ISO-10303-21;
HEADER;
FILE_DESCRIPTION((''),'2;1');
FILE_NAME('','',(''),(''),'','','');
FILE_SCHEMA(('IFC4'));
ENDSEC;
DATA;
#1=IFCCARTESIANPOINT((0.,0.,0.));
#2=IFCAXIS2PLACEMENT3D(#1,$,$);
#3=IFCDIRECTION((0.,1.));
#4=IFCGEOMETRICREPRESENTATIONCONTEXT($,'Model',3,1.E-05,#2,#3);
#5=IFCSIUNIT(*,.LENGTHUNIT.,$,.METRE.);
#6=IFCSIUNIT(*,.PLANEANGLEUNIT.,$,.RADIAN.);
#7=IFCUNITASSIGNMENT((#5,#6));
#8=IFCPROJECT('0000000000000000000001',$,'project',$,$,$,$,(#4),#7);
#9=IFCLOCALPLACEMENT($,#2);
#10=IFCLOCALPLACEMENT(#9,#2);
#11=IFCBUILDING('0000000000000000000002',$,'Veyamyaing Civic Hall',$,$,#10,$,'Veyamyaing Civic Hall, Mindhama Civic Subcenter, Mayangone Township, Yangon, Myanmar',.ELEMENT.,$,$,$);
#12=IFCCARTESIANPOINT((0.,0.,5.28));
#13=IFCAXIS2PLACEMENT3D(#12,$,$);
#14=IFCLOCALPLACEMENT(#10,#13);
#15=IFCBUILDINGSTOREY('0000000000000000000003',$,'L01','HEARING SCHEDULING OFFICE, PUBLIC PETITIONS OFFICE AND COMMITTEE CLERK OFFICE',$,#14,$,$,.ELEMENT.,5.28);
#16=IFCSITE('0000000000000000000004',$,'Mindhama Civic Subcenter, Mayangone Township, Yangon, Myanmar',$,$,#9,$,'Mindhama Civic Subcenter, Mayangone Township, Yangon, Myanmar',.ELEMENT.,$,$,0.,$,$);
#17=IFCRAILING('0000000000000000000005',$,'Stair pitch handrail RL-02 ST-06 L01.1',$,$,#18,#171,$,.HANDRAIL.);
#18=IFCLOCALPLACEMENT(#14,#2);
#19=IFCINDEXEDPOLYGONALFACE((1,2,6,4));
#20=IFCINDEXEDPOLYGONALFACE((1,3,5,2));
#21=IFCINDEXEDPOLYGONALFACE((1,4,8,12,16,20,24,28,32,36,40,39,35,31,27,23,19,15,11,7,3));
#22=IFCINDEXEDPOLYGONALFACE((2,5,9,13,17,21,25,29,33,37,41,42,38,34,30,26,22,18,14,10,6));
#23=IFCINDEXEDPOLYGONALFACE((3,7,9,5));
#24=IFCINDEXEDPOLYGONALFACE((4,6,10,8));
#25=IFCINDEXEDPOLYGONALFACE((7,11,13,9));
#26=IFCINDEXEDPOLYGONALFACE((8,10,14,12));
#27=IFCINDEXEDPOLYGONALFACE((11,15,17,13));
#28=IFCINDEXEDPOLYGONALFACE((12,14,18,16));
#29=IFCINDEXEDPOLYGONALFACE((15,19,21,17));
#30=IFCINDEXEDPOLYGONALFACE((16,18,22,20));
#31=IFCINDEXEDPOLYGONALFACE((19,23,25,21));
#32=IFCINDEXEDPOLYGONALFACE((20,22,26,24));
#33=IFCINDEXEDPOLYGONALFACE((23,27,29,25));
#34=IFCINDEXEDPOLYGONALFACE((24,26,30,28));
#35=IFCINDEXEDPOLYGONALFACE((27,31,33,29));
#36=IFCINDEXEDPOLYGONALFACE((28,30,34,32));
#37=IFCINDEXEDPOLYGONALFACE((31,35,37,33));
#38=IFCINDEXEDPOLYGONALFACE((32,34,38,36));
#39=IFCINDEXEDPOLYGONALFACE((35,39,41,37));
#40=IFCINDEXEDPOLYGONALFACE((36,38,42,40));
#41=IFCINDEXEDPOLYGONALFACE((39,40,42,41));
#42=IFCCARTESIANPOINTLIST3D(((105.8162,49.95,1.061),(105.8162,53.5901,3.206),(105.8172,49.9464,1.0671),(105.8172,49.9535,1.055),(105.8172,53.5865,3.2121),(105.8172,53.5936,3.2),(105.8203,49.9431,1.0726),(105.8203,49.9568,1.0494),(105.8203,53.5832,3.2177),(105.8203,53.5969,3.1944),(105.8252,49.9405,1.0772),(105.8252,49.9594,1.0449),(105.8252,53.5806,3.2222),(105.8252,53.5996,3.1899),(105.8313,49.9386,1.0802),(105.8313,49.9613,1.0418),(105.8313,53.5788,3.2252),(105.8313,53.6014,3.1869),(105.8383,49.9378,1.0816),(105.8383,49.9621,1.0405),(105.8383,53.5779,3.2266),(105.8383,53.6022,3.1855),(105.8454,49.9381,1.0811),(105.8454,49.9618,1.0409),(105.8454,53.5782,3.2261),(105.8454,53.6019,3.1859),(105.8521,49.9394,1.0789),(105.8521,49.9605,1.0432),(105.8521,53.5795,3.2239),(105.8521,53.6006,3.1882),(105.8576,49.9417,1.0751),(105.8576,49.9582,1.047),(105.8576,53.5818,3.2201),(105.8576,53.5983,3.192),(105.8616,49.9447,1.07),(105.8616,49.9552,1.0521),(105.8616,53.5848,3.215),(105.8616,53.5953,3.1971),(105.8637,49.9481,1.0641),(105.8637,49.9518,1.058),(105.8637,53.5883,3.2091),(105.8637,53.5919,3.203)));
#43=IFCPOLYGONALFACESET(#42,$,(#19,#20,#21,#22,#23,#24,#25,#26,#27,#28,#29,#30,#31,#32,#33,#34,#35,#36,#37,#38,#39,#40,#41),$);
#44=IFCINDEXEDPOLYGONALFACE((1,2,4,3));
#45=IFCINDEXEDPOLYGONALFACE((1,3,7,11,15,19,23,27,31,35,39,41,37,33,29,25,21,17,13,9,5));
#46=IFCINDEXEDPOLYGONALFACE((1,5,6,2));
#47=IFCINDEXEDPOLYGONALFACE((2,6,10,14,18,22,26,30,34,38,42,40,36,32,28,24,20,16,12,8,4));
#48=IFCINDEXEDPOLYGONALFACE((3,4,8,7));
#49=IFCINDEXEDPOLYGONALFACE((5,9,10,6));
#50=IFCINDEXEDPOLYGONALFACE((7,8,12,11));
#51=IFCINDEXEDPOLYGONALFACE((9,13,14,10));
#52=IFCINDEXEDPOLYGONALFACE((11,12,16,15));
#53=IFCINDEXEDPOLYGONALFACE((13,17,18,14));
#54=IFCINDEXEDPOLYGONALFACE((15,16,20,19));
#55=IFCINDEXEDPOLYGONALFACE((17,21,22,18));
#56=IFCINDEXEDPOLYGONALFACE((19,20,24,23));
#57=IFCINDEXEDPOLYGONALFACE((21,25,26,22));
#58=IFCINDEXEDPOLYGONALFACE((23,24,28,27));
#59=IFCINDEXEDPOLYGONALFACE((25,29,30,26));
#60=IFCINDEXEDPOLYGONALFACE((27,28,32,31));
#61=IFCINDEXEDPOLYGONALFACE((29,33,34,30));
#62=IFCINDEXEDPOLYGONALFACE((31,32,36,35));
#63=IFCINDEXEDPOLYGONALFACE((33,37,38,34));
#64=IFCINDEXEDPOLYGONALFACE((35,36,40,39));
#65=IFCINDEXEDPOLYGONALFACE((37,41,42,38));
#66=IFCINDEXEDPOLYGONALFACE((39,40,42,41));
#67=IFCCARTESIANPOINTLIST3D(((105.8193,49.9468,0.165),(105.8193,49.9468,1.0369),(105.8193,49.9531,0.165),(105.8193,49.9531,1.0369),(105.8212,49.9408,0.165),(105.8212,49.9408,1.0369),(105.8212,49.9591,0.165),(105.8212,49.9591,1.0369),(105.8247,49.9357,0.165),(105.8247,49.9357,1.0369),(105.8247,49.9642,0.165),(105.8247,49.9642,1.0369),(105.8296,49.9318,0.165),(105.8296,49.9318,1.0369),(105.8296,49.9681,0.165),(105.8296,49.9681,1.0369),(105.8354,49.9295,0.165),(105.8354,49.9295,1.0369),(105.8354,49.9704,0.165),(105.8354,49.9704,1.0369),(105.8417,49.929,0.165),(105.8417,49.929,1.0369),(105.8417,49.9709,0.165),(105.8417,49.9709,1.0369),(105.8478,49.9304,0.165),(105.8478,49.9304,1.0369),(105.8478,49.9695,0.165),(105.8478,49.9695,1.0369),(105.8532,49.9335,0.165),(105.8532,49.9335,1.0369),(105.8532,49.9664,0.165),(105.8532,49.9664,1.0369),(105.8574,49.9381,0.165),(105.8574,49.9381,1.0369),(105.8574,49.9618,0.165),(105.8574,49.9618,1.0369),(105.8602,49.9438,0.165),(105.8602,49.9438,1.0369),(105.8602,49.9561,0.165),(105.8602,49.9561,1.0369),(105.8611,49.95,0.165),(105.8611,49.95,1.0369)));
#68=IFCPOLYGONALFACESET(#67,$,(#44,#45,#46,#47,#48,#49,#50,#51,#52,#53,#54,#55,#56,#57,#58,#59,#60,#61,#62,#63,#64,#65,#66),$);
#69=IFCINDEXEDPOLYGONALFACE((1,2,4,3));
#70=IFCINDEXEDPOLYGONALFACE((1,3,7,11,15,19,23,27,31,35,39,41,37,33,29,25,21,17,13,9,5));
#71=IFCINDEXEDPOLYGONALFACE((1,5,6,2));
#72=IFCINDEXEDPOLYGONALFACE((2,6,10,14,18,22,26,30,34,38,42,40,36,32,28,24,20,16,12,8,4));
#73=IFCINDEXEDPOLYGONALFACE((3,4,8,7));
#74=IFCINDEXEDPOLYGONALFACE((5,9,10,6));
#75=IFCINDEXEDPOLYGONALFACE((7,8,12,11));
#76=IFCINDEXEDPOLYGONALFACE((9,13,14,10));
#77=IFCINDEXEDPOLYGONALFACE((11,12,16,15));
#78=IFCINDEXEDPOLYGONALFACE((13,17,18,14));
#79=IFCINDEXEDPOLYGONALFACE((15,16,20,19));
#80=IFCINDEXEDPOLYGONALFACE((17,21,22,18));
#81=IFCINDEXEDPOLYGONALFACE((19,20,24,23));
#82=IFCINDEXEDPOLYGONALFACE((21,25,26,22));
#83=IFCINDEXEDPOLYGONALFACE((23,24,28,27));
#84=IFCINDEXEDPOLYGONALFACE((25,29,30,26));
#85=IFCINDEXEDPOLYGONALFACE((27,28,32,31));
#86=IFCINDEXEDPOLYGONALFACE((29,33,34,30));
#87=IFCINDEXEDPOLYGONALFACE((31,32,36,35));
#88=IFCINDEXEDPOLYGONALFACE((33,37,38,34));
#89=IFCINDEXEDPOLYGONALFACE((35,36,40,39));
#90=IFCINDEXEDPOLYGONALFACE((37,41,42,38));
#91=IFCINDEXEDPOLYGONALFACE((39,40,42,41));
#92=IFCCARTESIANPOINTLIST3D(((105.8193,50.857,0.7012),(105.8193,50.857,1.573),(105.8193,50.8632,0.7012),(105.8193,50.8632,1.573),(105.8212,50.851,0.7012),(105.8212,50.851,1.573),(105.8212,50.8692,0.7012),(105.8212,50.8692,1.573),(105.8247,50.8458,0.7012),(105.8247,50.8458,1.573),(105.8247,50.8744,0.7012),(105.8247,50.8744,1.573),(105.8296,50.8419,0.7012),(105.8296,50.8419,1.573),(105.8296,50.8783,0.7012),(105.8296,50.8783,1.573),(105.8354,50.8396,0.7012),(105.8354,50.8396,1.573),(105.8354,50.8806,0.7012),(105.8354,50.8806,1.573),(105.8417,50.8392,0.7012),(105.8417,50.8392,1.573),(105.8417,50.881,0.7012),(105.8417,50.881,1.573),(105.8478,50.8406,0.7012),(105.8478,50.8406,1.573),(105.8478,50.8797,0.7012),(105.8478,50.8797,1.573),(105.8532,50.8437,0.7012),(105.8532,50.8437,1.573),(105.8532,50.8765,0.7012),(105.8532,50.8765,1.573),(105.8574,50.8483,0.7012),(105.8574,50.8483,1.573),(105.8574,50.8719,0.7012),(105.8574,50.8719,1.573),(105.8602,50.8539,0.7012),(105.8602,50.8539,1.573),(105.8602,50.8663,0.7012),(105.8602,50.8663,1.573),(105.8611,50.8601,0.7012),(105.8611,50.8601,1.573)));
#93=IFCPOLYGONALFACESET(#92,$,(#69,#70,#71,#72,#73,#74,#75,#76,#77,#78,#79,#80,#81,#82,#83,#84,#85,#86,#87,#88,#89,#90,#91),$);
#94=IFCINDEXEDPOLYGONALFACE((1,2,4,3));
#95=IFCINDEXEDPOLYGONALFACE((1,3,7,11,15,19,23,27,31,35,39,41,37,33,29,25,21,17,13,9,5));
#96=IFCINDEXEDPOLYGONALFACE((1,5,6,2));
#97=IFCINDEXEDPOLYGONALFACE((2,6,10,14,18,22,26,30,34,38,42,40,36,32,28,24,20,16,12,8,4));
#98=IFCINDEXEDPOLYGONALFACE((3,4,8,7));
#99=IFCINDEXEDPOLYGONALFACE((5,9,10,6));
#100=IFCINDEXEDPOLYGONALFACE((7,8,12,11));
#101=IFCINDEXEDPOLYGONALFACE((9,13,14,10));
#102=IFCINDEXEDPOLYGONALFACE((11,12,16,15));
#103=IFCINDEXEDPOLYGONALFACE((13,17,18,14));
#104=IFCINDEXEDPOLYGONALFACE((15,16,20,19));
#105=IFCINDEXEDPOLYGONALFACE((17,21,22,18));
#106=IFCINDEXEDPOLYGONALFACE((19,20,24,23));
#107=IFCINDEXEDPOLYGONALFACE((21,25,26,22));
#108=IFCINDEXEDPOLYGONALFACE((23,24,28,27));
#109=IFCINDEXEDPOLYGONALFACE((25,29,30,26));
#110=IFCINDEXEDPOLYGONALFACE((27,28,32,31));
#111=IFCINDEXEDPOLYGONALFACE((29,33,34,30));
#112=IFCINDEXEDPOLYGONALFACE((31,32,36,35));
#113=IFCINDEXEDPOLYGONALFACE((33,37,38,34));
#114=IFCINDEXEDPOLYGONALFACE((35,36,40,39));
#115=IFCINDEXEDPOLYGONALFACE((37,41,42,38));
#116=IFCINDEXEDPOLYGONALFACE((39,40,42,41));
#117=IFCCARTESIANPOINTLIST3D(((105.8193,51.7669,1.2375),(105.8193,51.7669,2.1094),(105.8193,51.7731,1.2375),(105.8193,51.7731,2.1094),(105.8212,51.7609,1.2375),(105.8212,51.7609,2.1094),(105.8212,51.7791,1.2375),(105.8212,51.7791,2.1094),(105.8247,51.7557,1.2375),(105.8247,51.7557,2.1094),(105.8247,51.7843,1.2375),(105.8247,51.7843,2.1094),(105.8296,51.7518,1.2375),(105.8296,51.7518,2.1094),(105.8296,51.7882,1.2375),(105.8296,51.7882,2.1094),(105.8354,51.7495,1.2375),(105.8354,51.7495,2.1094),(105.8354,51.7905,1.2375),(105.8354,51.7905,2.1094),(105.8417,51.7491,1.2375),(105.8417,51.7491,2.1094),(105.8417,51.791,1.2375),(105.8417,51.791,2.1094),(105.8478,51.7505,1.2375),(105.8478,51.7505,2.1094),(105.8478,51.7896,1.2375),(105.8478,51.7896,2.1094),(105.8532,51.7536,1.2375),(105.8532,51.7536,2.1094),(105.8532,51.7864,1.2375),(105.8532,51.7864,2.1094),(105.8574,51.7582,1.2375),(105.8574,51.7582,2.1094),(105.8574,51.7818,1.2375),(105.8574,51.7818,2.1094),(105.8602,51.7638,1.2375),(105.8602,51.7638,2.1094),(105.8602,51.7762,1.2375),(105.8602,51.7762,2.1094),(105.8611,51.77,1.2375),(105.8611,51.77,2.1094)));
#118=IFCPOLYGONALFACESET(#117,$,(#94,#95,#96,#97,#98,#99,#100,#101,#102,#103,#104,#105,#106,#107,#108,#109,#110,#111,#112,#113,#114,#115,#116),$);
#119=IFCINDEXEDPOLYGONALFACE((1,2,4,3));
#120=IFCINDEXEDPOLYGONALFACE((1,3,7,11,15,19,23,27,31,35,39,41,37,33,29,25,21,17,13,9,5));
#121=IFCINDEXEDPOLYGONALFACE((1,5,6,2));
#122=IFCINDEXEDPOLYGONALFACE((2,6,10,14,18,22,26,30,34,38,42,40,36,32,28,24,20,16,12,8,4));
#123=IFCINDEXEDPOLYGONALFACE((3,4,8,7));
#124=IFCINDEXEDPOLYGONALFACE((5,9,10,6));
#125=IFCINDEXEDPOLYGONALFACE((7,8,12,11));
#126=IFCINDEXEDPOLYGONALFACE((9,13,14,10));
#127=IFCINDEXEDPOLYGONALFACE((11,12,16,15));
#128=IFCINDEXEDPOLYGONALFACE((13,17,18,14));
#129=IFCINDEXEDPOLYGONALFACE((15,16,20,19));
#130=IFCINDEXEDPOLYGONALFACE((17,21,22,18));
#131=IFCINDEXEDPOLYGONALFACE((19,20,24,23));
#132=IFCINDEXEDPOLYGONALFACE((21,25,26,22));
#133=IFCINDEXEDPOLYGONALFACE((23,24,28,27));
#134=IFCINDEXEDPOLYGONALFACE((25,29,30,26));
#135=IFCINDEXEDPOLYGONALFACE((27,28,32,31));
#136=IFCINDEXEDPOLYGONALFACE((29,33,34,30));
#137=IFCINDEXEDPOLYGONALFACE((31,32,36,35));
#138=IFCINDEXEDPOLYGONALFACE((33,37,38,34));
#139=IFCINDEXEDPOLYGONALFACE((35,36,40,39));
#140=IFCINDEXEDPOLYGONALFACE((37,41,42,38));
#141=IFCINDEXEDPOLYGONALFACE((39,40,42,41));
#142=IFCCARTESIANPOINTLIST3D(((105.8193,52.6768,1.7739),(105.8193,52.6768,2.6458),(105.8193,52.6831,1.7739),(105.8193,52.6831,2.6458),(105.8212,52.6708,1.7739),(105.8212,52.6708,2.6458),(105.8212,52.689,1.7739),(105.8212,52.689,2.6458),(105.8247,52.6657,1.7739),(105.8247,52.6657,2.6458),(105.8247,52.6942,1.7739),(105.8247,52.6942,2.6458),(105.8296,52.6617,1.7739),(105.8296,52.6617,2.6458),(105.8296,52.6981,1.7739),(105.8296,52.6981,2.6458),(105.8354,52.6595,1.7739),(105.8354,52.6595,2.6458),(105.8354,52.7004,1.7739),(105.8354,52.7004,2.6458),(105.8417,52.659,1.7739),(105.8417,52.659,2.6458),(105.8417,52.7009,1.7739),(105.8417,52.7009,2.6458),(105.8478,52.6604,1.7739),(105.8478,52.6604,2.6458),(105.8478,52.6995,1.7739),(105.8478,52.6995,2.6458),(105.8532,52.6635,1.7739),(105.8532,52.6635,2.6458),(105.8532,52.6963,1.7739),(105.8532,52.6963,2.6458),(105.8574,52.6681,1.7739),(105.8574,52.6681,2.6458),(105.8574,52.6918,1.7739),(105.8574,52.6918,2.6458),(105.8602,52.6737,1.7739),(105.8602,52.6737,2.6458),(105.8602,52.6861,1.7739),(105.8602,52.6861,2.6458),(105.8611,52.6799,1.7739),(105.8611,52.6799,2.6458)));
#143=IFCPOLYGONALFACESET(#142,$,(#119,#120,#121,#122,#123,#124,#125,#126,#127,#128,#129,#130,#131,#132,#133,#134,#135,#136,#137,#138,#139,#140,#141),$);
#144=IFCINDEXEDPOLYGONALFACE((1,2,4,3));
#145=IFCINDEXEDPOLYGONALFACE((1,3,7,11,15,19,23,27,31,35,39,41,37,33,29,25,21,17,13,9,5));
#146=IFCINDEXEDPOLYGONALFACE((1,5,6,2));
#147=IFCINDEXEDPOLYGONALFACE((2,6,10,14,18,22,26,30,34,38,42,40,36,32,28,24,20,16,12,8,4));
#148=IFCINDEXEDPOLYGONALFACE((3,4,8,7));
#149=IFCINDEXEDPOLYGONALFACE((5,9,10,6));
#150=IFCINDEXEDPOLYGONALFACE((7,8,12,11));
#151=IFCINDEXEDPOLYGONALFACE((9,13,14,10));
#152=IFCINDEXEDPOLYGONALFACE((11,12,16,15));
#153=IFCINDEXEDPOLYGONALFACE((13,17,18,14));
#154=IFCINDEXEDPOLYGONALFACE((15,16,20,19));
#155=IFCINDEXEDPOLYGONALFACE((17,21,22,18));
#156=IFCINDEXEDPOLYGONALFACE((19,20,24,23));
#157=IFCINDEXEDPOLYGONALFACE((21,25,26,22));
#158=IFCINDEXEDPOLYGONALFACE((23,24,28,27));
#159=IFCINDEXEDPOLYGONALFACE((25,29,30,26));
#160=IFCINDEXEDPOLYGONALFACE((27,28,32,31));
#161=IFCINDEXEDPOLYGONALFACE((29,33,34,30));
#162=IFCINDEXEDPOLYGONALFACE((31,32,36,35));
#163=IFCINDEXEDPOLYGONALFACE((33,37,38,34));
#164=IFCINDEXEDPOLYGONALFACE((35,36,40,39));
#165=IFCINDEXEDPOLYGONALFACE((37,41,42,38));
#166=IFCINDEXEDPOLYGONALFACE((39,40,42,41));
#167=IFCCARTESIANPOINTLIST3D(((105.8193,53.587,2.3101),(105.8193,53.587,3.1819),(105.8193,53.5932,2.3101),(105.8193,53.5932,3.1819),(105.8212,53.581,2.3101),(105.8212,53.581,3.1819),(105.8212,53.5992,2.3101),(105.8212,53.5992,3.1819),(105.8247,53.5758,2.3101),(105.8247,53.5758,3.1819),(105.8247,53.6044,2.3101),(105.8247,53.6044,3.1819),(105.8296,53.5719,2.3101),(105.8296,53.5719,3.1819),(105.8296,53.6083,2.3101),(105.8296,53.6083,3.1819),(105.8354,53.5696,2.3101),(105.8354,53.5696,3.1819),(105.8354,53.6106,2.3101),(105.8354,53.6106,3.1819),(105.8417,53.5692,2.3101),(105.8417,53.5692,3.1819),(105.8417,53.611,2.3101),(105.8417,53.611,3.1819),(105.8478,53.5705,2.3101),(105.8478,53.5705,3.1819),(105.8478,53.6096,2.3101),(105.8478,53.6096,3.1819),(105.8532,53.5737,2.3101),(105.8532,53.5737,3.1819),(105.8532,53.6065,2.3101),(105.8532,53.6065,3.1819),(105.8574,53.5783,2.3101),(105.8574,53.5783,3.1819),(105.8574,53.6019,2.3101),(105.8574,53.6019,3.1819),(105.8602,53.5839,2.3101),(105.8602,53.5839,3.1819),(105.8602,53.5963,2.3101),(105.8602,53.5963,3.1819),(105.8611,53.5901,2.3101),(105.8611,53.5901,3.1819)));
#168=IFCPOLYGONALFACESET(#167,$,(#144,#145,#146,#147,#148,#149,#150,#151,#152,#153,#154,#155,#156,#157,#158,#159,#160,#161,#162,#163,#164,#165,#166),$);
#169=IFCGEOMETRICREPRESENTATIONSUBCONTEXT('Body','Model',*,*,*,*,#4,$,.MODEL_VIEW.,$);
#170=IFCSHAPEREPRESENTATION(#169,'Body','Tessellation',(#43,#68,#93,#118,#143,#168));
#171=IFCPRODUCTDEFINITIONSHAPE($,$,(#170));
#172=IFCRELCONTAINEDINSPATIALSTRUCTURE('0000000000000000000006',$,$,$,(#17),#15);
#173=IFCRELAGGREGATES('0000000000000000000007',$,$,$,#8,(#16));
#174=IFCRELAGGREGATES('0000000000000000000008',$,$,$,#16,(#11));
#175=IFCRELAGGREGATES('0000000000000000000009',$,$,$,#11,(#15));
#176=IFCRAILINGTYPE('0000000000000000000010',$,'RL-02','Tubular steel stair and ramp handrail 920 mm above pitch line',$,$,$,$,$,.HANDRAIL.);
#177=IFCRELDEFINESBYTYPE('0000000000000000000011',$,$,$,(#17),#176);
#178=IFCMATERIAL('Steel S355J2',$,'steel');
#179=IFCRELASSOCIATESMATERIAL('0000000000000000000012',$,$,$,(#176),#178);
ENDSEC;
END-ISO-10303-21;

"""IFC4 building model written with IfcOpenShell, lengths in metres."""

from ifc_helpers import new_model, si_unit, direction, frame, origin, origin_2d, place, context, subcontext, project, spatial, circle, extrude, material, type_object, element, save


model = new_model("IFC4")

# Units and contexts
model_context = context("Model", 3, precision=1e-05, world=origin(), true_north=direction((0.0, 1.0)))
body_context = subcontext(model_context, "Body", "Model", "MODEL_VIEW")
ifc_project = project(units=[si_unit("LENGTHUNIT", "METRE"), si_unit("PLANEANGLEUNIT", "RADIAN")], contexts=[model_context])

# Site, building, storey
site_placement = place(None, origin())
site = spatial("IfcSite", under=ifc_project, at=site_placement, Name="Mindhama Civic Subcenter, Mayangone Township, Yangon, Myanmar", LongName="Mindhama Civic Subcenter, Mayangone Township, Yangon, Myanmar", CompositionType="ELEMENT", RefElevation=0.0)
building_placement = place(site_placement, origin())
building = spatial("IfcBuilding", under=site, at=building_placement, Name="Veyamyaing Civic Hall", LongName="Veyamyaing Civic Hall, Mindhama Civic Subcenter, Mayangone Township, Yangon, Myanmar", CompositionType="ELEMENT")
storey_placement = place(building_placement, frame((0.0, 0.0, 5.28)))
storey = spatial("IfcBuildingStorey", under=building, at=storey_placement, Name="L01", Description="HEARING SCHEDULING OFFICE, PUBLIC PETITIONS OFFICE AND COMMITTEE CLERK OFFICE", CompositionType="ELEMENT", Elevation=5.28)

# Railing
ifc_material_1 = material(Name="Steel S355J2", Category="steel")
railing_type = type_object("IfcRailingType", Name="RL-02", Description="Tubular steel stair and ramp handrail 920 mm above pitch line", PredefinedType="HANDRAIL", material=ifc_material_1)
railing_placement = place(storey_placement, frame((105.8401, 49.95, 0.165)))
element("IfcRailing", 1, at=railing_placement, inside=storey, type_object=railing_type, Name="Stair pitch handrail RL-02 ST-06 L01.1", PredefinedType="HANDRAIL", context=body_context, shape_type="SweptSolid", body=[
    extrude(circle(Radius=0.0239, at=origin_2d()), frame((0.0, 0.0, 0.896), z_axis=(0.0, 0.861545, 0.507682), x_axis=(-1.0, 0.0, 0.0)), (0.0, 0.0, 1.0), 4.2251),
    extrude(circle(Radius=0.021, at=origin_2d()), origin(), (0.0, 0.0, 1.0), 0.8718),
    extrude(circle(Radius=0.021, at=origin_2d()), frame((0.0, 0.9102, 0.5361)), (0.0, 0.0, 1.0), 0.8718),
    extrude(circle(Radius=0.021, at=origin_2d()), frame((0.0, 1.8201, 1.0725)), (0.0, 0.0, 1.0), 0.8718),
    extrude(circle(Radius=0.021, at=origin_2d()), frame((0.0, 2.73, 1.6089)), (0.0, 0.0, 1.0), 0.8718),
    extrude(circle(Radius=0.021, at=origin_2d()), frame((0.0, 3.6401, 2.145)), (0.0, 0.0, 1.0), 0.8718),
])

save(model, "model.ifc")
